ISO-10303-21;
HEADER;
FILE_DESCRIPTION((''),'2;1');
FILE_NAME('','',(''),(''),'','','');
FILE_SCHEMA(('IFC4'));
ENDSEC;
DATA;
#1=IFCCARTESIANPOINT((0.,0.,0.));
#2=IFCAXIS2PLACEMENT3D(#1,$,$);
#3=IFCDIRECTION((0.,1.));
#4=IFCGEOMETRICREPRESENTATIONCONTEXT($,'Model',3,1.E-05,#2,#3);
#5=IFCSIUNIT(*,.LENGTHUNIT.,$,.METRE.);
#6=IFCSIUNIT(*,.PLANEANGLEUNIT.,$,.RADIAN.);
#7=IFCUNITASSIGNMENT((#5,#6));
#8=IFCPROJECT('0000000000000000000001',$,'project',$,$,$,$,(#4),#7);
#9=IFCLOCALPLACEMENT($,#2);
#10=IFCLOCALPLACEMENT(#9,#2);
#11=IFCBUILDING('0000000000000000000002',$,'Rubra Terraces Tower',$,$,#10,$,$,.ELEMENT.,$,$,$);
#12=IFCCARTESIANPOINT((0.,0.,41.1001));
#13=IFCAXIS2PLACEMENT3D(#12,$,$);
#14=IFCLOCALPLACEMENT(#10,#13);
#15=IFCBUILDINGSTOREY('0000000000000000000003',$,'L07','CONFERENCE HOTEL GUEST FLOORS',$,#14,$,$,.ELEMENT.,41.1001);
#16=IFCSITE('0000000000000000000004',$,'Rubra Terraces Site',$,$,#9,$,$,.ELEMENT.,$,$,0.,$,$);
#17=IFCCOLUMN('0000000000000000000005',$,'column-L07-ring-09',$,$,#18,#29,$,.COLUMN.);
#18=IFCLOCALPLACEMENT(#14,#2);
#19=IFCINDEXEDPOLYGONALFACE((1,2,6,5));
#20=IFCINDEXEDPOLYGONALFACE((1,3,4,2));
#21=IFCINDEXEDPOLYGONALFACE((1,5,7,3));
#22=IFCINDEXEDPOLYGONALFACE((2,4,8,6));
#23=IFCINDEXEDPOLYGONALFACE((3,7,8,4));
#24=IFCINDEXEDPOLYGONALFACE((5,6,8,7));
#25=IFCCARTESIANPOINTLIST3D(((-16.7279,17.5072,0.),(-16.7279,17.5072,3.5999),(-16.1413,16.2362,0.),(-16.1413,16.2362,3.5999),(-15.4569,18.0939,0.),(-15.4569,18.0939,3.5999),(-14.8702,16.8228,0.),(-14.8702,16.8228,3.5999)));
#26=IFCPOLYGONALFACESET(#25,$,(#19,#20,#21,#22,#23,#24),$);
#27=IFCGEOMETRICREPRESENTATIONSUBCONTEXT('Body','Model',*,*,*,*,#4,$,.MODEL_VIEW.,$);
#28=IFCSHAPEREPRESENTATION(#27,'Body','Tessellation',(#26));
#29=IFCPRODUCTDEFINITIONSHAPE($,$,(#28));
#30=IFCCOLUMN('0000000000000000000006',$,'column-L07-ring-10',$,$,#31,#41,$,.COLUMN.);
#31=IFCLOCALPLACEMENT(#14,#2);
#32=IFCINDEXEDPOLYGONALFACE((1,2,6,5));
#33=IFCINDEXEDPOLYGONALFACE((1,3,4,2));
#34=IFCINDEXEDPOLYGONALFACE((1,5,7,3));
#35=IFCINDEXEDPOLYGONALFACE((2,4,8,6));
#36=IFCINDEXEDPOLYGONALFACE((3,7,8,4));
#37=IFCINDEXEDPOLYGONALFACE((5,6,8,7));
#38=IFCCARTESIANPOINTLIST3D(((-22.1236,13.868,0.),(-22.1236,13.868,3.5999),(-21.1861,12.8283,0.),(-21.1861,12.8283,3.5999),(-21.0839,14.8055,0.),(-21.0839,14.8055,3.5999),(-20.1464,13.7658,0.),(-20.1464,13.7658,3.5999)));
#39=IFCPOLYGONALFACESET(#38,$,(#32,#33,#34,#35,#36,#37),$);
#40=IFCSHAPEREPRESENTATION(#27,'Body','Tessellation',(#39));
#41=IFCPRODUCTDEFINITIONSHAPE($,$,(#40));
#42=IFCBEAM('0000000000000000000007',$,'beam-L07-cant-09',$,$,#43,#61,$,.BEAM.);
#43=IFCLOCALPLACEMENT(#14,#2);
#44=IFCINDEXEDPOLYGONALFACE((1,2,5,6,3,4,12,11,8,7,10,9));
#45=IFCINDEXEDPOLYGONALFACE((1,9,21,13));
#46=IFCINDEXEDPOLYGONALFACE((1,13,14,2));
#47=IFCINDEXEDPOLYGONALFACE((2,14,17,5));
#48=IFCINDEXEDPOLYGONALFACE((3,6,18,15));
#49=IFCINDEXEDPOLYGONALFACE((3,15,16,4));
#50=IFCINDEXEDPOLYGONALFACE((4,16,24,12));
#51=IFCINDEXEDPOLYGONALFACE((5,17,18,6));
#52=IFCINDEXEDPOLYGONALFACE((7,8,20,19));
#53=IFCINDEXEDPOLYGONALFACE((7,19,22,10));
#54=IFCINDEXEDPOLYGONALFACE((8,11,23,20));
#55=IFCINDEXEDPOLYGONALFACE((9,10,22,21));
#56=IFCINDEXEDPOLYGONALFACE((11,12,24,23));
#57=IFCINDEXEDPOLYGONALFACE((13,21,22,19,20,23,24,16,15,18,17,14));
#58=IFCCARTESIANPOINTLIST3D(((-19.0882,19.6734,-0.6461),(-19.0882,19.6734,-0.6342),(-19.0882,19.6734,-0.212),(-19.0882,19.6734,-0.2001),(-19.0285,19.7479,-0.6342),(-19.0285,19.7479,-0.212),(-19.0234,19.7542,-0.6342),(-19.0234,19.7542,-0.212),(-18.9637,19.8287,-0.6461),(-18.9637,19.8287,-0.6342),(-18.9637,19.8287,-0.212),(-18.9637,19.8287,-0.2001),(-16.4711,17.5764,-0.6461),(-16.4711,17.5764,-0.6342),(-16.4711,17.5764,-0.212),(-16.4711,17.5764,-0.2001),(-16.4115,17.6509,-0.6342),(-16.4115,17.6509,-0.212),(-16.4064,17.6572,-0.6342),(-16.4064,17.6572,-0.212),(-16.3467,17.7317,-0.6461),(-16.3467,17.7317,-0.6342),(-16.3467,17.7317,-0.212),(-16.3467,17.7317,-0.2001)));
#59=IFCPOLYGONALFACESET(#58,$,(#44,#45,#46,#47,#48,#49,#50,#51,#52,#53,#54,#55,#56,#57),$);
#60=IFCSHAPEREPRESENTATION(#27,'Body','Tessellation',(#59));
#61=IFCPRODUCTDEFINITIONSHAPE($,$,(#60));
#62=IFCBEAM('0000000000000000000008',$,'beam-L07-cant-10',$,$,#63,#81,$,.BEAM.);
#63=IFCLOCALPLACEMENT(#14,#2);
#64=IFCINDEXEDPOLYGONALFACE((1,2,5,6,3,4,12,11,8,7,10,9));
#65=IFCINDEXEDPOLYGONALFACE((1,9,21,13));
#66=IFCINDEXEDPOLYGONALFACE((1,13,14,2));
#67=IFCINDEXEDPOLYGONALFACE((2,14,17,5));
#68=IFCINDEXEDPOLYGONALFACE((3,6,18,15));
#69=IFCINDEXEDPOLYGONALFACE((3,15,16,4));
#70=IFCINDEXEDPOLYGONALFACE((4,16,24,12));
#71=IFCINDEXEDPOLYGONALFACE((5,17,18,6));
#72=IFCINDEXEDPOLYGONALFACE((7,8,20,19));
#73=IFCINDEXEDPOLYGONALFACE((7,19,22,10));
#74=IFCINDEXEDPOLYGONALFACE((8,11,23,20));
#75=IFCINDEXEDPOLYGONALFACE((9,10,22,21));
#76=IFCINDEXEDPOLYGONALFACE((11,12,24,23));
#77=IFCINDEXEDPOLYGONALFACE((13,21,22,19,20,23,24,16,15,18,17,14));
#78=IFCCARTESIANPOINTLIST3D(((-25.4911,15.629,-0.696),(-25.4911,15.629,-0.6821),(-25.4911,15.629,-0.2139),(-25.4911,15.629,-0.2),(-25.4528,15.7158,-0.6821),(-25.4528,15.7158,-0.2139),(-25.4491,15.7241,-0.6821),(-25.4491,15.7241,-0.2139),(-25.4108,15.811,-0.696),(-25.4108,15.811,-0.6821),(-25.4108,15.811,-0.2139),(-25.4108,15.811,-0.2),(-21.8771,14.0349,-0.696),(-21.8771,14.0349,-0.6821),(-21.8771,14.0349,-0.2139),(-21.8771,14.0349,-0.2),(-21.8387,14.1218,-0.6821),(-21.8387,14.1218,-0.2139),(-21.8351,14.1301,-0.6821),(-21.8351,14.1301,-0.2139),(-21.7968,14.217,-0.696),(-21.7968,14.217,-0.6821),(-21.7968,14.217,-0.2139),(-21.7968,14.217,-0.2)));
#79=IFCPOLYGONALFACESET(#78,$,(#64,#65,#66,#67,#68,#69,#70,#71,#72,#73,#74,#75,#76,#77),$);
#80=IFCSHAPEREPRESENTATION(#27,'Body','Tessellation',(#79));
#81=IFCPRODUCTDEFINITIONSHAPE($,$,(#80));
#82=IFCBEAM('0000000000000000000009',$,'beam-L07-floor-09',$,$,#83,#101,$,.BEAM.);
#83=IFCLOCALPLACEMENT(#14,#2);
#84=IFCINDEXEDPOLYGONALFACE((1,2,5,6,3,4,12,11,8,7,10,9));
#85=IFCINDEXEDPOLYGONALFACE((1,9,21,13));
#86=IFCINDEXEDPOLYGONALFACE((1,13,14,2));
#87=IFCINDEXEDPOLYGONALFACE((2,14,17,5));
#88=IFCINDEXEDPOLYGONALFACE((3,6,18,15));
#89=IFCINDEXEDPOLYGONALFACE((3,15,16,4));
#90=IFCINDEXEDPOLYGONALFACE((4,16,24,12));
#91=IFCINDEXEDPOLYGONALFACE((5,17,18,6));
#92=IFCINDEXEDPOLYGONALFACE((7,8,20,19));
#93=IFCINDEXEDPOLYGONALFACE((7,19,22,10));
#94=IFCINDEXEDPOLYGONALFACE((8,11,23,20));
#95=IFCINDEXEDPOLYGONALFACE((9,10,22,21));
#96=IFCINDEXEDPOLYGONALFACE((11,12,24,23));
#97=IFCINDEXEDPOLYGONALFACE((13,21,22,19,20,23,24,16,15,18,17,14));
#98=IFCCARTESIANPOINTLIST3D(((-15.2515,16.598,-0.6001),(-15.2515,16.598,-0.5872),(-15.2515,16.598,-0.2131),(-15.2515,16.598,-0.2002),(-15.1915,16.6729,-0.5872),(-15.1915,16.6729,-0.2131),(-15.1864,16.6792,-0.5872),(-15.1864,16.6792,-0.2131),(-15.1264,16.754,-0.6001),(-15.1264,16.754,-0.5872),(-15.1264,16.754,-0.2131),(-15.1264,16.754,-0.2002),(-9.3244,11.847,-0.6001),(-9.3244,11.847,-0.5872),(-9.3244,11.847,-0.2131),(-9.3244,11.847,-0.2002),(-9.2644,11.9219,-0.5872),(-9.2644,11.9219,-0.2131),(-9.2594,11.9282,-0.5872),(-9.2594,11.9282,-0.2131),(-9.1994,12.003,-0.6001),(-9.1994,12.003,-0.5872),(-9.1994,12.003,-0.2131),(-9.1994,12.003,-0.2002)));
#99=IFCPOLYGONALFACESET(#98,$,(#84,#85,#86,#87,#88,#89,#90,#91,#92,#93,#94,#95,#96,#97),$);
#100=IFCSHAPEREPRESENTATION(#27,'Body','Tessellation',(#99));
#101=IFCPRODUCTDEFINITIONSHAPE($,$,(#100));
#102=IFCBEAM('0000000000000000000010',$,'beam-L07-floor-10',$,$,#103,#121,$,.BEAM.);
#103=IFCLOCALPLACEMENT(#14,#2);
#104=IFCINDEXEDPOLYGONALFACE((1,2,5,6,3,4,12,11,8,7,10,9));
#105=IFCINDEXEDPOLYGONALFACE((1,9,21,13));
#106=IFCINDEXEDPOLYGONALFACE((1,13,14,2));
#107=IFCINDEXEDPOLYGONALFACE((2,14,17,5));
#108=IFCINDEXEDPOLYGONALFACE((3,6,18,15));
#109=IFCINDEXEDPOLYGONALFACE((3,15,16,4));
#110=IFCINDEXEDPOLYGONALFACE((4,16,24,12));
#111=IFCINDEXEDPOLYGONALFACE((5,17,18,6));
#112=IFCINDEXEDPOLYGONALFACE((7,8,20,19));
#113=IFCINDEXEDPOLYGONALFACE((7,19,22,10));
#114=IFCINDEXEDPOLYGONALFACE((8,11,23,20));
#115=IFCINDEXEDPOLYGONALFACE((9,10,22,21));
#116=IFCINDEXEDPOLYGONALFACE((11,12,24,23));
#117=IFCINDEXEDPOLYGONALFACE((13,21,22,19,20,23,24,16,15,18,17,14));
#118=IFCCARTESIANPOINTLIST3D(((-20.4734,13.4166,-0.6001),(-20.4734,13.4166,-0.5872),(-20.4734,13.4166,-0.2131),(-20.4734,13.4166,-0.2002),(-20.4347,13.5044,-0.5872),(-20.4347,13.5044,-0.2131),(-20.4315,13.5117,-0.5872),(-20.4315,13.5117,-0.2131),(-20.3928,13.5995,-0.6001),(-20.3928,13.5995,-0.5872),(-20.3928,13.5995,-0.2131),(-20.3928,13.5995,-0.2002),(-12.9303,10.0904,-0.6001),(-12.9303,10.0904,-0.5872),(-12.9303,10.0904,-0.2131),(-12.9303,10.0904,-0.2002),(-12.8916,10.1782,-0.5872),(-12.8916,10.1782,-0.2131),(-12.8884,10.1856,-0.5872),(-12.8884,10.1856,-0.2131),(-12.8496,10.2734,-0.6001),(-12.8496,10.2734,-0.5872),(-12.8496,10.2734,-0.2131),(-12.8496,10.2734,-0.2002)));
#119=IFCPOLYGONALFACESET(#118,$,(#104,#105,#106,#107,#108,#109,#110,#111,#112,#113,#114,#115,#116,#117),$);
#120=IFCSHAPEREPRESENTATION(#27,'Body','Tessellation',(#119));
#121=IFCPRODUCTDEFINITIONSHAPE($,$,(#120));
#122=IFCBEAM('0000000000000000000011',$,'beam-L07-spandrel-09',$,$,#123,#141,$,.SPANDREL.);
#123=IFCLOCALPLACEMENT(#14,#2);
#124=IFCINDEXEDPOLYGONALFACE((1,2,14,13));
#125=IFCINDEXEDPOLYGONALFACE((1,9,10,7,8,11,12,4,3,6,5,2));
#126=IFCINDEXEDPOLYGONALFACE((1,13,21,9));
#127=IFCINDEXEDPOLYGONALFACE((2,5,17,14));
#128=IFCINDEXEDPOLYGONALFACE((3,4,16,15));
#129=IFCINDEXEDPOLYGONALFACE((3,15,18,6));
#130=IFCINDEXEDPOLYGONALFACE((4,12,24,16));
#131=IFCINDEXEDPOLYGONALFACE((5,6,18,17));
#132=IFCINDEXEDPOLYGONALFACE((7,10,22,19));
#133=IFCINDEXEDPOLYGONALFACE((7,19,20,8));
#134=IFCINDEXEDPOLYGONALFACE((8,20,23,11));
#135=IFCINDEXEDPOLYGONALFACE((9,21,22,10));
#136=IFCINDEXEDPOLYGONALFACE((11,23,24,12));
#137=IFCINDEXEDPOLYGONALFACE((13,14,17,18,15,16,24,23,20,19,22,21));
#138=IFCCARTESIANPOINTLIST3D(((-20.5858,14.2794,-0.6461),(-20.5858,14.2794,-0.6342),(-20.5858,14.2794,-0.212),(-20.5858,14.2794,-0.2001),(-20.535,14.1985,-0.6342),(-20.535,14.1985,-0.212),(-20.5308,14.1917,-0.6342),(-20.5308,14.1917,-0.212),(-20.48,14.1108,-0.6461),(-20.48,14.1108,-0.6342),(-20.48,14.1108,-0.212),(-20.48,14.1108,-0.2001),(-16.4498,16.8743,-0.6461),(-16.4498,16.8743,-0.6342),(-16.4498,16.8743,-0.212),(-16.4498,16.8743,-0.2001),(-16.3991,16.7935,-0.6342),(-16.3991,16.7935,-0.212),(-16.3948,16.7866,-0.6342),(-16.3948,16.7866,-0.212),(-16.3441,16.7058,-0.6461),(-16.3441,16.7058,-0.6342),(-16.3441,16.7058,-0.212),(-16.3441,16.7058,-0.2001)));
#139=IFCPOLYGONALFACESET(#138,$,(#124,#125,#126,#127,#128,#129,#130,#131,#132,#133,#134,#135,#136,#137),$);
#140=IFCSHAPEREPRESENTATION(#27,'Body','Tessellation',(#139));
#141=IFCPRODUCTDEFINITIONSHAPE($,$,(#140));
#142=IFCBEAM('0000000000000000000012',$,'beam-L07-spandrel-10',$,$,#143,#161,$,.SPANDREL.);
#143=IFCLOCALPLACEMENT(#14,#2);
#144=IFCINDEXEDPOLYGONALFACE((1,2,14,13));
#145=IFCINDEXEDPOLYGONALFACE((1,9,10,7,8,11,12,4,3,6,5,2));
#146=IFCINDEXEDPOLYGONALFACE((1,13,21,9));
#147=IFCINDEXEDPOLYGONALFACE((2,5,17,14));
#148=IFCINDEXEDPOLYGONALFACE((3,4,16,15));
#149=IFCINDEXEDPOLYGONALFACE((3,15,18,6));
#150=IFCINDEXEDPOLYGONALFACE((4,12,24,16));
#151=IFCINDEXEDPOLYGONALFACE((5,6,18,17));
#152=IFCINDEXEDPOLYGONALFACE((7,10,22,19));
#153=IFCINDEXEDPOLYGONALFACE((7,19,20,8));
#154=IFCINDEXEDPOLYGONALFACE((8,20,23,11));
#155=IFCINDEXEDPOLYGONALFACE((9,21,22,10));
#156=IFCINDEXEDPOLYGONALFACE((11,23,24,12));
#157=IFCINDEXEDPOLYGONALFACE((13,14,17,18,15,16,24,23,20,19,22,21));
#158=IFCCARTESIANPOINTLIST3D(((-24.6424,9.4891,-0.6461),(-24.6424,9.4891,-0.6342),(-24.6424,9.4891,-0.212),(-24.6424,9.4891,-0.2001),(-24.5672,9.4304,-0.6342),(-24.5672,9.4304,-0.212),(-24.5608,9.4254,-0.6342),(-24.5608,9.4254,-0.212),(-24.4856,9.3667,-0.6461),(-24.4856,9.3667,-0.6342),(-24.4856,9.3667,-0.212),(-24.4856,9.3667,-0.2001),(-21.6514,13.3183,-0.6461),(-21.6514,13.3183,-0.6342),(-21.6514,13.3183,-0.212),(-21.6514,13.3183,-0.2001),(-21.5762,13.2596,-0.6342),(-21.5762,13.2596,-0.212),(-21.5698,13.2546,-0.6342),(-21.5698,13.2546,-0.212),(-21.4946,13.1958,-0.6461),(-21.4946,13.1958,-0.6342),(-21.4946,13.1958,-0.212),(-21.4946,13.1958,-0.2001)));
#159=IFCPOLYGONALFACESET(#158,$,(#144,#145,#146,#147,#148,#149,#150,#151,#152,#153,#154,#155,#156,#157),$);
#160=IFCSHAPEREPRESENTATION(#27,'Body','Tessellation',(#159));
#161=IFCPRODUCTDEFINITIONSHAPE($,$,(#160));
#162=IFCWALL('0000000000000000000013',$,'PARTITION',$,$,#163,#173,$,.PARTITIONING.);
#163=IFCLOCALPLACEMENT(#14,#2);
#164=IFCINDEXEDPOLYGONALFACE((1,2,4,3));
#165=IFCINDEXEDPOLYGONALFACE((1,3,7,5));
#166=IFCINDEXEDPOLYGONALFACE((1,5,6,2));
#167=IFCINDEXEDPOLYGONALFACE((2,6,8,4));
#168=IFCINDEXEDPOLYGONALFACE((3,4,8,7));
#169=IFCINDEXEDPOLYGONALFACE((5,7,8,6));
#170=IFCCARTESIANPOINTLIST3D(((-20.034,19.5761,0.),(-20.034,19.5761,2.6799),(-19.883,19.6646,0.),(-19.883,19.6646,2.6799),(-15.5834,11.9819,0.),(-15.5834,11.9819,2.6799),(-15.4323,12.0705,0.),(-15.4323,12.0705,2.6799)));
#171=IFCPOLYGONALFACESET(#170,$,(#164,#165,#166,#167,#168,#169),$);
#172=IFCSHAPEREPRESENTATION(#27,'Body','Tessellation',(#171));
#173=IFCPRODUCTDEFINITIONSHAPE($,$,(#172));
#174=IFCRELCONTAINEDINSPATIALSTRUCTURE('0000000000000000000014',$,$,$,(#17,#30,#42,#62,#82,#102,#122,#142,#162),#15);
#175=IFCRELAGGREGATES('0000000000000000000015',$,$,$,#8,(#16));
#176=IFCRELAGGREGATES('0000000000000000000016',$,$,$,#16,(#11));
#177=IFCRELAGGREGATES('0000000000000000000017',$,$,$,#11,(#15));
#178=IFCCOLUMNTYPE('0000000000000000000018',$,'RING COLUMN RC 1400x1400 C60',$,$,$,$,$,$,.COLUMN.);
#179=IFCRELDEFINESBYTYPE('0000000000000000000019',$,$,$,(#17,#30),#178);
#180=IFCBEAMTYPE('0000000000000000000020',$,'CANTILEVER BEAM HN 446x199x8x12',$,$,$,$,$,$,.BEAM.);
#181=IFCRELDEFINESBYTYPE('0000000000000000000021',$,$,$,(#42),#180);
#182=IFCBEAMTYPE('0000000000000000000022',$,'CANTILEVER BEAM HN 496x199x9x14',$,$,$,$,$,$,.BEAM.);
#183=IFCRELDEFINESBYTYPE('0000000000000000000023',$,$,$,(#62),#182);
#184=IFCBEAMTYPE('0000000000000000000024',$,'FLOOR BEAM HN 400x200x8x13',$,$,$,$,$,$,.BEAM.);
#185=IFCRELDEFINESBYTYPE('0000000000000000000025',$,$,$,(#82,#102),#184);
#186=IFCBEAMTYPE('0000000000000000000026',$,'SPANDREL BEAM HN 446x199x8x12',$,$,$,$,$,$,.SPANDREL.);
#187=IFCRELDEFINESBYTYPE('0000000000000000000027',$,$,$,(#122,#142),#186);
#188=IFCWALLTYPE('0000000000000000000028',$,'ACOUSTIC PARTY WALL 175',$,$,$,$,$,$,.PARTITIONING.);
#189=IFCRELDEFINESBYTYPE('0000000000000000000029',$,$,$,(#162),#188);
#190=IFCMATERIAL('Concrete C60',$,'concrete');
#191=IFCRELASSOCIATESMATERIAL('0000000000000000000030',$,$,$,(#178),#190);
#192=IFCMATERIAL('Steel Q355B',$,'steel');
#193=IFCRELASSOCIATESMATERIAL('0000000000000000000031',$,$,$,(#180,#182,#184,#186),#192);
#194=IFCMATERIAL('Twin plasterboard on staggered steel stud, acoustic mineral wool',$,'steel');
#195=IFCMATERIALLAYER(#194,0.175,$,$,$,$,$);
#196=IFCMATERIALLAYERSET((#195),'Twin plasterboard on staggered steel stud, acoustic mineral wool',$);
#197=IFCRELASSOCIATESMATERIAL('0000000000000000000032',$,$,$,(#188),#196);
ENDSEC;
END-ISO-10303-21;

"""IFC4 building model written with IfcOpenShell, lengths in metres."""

from ifc_helpers import new_model, si_unit, direction, frame, frame_2d, origin, origin_2d, place, context, subcontext, project, spatial, rectangle, i_section, extrude, material, layer, layer_set, material_profile, profile_set, type_object, element, save


model = new_model("IFC4")

# Units and contexts
model_context = context("Model", 3, precision=1e-05, world=origin(), true_north=direction((0.0, 1.0)))
body_context = subcontext(model_context, "Body", "Model", "MODEL_VIEW")
ifc_project = project(units=[si_unit("LENGTHUNIT", "METRE"), si_unit("PLANEANGLEUNIT", "RADIAN")], contexts=[model_context])

# Site, building, storey
site_placement = place(None, origin())
site = spatial("IfcSite", under=ifc_project, at=site_placement, Name="Rubra Terraces Site", CompositionType="ELEMENT", RefElevation=0.0)
building_placement = place(site_placement, origin())
building = spatial("IfcBuilding", under=site, at=building_placement, Name="Rubra Terraces Tower", CompositionType="ELEMENT")
storey_placement = place(building_placement, frame((0.0, 0.0, 41.1001)))
storey = spatial("IfcBuildingStorey", under=building, at=storey_placement, Name="L07", Description="CONFERENCE HOTEL GUEST FLOORS", CompositionType="ELEMENT", Elevation=41.1001)

# Columns
ifc_material_1 = material(Name="Concrete C60", Category="concrete")
ifc_material_profile_1 = material_profile(ifc_material_1, rectangle(XDim=1.3999, YDim=1.3999, at=origin_2d()), Name="RC 1400x1400")
ifc_profile_set_1 = profile_set([ifc_material_profile_1], Name="Concrete C60")
column_type = type_object("IfcColumnType", Name="RING COLUMN RC 1400x1400 C60", PredefinedType="COLUMN", material=ifc_profile_set_1)
for number, where, z_axis, x_axis, name in (
    (1, (-15.7991, 17.165, 0.0), (0.0, 0.0, 1.0), (-0.907952, -0.419073, 0.0), "column-L07-ring-09"),
    (2, (-21.135, 13.8169, 0.0), (0.0, 0.0, 1.0), (-0.742676, -0.669651, 0.0), "column-L07-ring-10"),
):
    element("IfcColumn", number, at=place(storey_placement, frame(where, z_axis=z_axis, x_axis=x_axis)), inside=storey, type_object=column_type, Name=name, PredefinedType="COLUMN", context=body_context, shape_type="SweptSolid", body=[
        extrude(rectangle(XDim=1.3999, YDim=1.3999, at=origin_2d()), origin(), (0.0, 0.0, 1.0), 3.5999),
    ])

# Beams
ifc_material_2 = material(Name="Steel Q355B", Category="steel")
ifc_material_profile_2 = material_profile(ifc_material_2, i_section(OverallWidth=0.199, OverallDepth=0.446, WebThickness=0.0081, FlangeThickness=0.012, at=origin_2d()), Name="HN 446x199x8x12")
ifc_profile_set_2 = profile_set([ifc_material_profile_2], Name="Steel Q355B")
beam_type_1 = type_object("IfcBeamType", Name="CANTILEVER BEAM HN 446x199x8x12", PredefinedType="BEAM", material=ifc_profile_set_2)
beam_1_placement = place(storey_placement, frame((-16.4089, 17.6541, -0.4231), z_axis=(-0.780378, 0.625307, 0.0), x_axis=(-0.625307, -0.780378, 0.0)))
element("IfcBeam", 3, at=beam_1_placement, inside=storey, type_object=beam_type_1, Name="beam-L07-cant-09", PredefinedType="BEAM", context=body_context, shape_type="SweptSolid", body=[
    extrude(i_section(OverallWidth=0.199, OverallDepth=0.446, WebThickness=0.0081, FlangeThickness=0.012, at=origin_2d()), origin(), (0.0, 0.0, 1.0), 3.3535),
])
ifc_material_profile_3 = material_profile(ifc_material_2, i_section(OverallWidth=0.199, OverallDepth=0.4961, WebThickness=0.009, FlangeThickness=0.0139, at=origin_2d()), Name="HN 496x199x9x14")
ifc_profile_set_3 = profile_set([ifc_material_profile_3], Name="Steel Q355B")
beam_type_2 = type_object("IfcBeamType", Name="CANTILEVER BEAM HN 496x199x9x14", PredefinedType="BEAM", material=ifc_profile_set_3)
beam_2_placement = place(storey_placement, frame((-21.8369, 14.126, -0.448), z_axis=(-0.914957, 0.40355, 0.0), x_axis=(-0.40355, -0.914957, 0.0)))
element("IfcBeam", 4, at=beam_2_placement, inside=storey, type_object=beam_type_2, Name="beam-L07-cant-10", PredefinedType="BEAM", context=body_context, shape_type="SweptSolid", body=[
    extrude(i_section(OverallWidth=0.199, OverallDepth=0.4961, WebThickness=0.009, FlangeThickness=0.0139, at=origin_2d()), origin(), (0.0, 0.0, 1.0), 3.95),
])
ifc_material_profile_4 = material_profile(ifc_material_2, i_section(OverallWidth=0.2, OverallDepth=0.3999, WebThickness=0.0081, FlangeThickness=0.0129, at=origin_2d()), Name="HN 400x200x8x13")
ifc_profile_set_4 = profile_set([ifc_material_profile_4], Name="Steel Q355B")
beam_type_3 = type_object("IfcBeamType", Name="FLOOR BEAM HN 400x200x8x13", PredefinedType="BEAM", material=ifc_profile_set_4)
beam_3_placement = place(storey_placement, frame((-15.189, 16.676, -0.4001), z_axis=(0.780266, -0.625447, 0.0), x_axis=(0.625447, 0.780266, 0.0)))
element("IfcBeam", 5, at=beam_3_placement, inside=storey, type_object=beam_type_3, Name="beam-L07-floor-09", PredefinedType="BEAM", context=body_context, shape_type="SweptSolid", body=[
    extrude(i_section(OverallWidth=0.2, OverallDepth=0.3999, WebThickness=0.0081, FlangeThickness=0.0129, at=origin_2d()), origin(), (0.0, 0.0, 1.0), 7.5962),
])
beam_4_placement = place(storey_placement, frame((-20.4331, 13.5081, -0.4001), z_axis=(0.914995, -0.403466, 0.0), x_axis=(0.403466, 0.914995, 0.0)))
element("IfcBeam", 6, at=beam_4_placement, inside=storey, type_object=beam_type_3, Name="beam-L07-floor-10", PredefinedType="BEAM", context=body_context, shape_type="SweptSolid", body=[
    extrude(i_section(OverallWidth=0.2, OverallDepth=0.3999, WebThickness=0.0081, FlangeThickness=0.0129, at=origin_2d()), origin(), (0.0, 0.0, 1.0), 8.2439),
])
ifc_material_profile_5 = material_profile(ifc_material_2, i_section(OverallWidth=0.199, OverallDepth=0.446, WebThickness=0.0081, FlangeThickness=0.012, at=origin_2d()), Name="HN 446x199x8x12")
ifc_profile_set_5 = profile_set([ifc_material_profile_5], Name="Steel Q355B")
beam_type_4 = type_object("IfcBeamType", Name="SPANDREL BEAM HN 446x199x8x12", PredefinedType="SPANDREL", material=ifc_profile_set_5)
beam_5_placement = place(storey_placement, frame((-16.397, 16.79, -0.4231), z_axis=(-0.847078, -0.531468, 0.0), x_axis=(0.531468, -0.847078, 0.0)))
element("IfcBeam", 7, at=beam_5_placement, inside=storey, type_object=beam_type_4, Name="beam-L07-spandrel-09", PredefinedType="SPANDREL", context=body_context, shape_type="SweptSolid", body=[
    extrude(i_section(OverallWidth=0.199, OverallDepth=0.446, WebThickness=0.0081, FlangeThickness=0.012, at=origin_2d()), origin(), (0.0, 0.0, 1.0), 4.8826),
])
beam_6_placement = place(storey_placement, frame((-21.573, 13.2571, -0.4231), z_axis=(-0.615578, -0.788076, 0.0), x_axis=(0.788076, -0.615578, 0.0)))
element("IfcBeam", 8, at=beam_6_placement, inside=storey, type_object=beam_type_4, Name="beam-L07-spandrel-10", PredefinedType="SPANDREL", context=body_context, shape_type="SweptSolid", body=[
    extrude(i_section(OverallWidth=0.199, OverallDepth=0.446, WebThickness=0.0081, FlangeThickness=0.012, at=origin_2d()), origin(), (0.0, 0.0, 1.0), 4.8589),
])

# Wall
ifc_material_3 = material(Name="Twin plasterboard on staggered steel stud, acoustic mineral wool", Category="steel")
ifc_layer_1 = layer(ifc_material_3, 0.175)
ifc_layer_set_1 = layer_set([ifc_layer_1], Name="Twin plasterboard on staggered steel stud, acoustic mineral wool")
wall_type_1 = type_object("IfcWallType", Name="ACOUSTIC PARTY WALL 175", PredefinedType="PARTITIONING", material=ifc_layer_set_1)
wall_1_placement = place(storey_placement, frame((-19.9585, 19.6204, 0.0), z_axis=(0.0, 0.0, 1.0), x_axis=(0.505626, -0.862753, 0.0)))
element("IfcWall", 9, at=wall_1_placement, inside=storey, type_object=wall_type_1, Name="PARTITION", PredefinedType="PARTITIONING", context=body_context, shape_type="SweptSolid", body=[
    extrude(rectangle(XDim=8.8022, YDim=0.175, at=frame_2d((4.4011, 0.0))), origin(), (0.0, 0.0, 1.0), 2.6799),
])

save(model, "model.ifc")
